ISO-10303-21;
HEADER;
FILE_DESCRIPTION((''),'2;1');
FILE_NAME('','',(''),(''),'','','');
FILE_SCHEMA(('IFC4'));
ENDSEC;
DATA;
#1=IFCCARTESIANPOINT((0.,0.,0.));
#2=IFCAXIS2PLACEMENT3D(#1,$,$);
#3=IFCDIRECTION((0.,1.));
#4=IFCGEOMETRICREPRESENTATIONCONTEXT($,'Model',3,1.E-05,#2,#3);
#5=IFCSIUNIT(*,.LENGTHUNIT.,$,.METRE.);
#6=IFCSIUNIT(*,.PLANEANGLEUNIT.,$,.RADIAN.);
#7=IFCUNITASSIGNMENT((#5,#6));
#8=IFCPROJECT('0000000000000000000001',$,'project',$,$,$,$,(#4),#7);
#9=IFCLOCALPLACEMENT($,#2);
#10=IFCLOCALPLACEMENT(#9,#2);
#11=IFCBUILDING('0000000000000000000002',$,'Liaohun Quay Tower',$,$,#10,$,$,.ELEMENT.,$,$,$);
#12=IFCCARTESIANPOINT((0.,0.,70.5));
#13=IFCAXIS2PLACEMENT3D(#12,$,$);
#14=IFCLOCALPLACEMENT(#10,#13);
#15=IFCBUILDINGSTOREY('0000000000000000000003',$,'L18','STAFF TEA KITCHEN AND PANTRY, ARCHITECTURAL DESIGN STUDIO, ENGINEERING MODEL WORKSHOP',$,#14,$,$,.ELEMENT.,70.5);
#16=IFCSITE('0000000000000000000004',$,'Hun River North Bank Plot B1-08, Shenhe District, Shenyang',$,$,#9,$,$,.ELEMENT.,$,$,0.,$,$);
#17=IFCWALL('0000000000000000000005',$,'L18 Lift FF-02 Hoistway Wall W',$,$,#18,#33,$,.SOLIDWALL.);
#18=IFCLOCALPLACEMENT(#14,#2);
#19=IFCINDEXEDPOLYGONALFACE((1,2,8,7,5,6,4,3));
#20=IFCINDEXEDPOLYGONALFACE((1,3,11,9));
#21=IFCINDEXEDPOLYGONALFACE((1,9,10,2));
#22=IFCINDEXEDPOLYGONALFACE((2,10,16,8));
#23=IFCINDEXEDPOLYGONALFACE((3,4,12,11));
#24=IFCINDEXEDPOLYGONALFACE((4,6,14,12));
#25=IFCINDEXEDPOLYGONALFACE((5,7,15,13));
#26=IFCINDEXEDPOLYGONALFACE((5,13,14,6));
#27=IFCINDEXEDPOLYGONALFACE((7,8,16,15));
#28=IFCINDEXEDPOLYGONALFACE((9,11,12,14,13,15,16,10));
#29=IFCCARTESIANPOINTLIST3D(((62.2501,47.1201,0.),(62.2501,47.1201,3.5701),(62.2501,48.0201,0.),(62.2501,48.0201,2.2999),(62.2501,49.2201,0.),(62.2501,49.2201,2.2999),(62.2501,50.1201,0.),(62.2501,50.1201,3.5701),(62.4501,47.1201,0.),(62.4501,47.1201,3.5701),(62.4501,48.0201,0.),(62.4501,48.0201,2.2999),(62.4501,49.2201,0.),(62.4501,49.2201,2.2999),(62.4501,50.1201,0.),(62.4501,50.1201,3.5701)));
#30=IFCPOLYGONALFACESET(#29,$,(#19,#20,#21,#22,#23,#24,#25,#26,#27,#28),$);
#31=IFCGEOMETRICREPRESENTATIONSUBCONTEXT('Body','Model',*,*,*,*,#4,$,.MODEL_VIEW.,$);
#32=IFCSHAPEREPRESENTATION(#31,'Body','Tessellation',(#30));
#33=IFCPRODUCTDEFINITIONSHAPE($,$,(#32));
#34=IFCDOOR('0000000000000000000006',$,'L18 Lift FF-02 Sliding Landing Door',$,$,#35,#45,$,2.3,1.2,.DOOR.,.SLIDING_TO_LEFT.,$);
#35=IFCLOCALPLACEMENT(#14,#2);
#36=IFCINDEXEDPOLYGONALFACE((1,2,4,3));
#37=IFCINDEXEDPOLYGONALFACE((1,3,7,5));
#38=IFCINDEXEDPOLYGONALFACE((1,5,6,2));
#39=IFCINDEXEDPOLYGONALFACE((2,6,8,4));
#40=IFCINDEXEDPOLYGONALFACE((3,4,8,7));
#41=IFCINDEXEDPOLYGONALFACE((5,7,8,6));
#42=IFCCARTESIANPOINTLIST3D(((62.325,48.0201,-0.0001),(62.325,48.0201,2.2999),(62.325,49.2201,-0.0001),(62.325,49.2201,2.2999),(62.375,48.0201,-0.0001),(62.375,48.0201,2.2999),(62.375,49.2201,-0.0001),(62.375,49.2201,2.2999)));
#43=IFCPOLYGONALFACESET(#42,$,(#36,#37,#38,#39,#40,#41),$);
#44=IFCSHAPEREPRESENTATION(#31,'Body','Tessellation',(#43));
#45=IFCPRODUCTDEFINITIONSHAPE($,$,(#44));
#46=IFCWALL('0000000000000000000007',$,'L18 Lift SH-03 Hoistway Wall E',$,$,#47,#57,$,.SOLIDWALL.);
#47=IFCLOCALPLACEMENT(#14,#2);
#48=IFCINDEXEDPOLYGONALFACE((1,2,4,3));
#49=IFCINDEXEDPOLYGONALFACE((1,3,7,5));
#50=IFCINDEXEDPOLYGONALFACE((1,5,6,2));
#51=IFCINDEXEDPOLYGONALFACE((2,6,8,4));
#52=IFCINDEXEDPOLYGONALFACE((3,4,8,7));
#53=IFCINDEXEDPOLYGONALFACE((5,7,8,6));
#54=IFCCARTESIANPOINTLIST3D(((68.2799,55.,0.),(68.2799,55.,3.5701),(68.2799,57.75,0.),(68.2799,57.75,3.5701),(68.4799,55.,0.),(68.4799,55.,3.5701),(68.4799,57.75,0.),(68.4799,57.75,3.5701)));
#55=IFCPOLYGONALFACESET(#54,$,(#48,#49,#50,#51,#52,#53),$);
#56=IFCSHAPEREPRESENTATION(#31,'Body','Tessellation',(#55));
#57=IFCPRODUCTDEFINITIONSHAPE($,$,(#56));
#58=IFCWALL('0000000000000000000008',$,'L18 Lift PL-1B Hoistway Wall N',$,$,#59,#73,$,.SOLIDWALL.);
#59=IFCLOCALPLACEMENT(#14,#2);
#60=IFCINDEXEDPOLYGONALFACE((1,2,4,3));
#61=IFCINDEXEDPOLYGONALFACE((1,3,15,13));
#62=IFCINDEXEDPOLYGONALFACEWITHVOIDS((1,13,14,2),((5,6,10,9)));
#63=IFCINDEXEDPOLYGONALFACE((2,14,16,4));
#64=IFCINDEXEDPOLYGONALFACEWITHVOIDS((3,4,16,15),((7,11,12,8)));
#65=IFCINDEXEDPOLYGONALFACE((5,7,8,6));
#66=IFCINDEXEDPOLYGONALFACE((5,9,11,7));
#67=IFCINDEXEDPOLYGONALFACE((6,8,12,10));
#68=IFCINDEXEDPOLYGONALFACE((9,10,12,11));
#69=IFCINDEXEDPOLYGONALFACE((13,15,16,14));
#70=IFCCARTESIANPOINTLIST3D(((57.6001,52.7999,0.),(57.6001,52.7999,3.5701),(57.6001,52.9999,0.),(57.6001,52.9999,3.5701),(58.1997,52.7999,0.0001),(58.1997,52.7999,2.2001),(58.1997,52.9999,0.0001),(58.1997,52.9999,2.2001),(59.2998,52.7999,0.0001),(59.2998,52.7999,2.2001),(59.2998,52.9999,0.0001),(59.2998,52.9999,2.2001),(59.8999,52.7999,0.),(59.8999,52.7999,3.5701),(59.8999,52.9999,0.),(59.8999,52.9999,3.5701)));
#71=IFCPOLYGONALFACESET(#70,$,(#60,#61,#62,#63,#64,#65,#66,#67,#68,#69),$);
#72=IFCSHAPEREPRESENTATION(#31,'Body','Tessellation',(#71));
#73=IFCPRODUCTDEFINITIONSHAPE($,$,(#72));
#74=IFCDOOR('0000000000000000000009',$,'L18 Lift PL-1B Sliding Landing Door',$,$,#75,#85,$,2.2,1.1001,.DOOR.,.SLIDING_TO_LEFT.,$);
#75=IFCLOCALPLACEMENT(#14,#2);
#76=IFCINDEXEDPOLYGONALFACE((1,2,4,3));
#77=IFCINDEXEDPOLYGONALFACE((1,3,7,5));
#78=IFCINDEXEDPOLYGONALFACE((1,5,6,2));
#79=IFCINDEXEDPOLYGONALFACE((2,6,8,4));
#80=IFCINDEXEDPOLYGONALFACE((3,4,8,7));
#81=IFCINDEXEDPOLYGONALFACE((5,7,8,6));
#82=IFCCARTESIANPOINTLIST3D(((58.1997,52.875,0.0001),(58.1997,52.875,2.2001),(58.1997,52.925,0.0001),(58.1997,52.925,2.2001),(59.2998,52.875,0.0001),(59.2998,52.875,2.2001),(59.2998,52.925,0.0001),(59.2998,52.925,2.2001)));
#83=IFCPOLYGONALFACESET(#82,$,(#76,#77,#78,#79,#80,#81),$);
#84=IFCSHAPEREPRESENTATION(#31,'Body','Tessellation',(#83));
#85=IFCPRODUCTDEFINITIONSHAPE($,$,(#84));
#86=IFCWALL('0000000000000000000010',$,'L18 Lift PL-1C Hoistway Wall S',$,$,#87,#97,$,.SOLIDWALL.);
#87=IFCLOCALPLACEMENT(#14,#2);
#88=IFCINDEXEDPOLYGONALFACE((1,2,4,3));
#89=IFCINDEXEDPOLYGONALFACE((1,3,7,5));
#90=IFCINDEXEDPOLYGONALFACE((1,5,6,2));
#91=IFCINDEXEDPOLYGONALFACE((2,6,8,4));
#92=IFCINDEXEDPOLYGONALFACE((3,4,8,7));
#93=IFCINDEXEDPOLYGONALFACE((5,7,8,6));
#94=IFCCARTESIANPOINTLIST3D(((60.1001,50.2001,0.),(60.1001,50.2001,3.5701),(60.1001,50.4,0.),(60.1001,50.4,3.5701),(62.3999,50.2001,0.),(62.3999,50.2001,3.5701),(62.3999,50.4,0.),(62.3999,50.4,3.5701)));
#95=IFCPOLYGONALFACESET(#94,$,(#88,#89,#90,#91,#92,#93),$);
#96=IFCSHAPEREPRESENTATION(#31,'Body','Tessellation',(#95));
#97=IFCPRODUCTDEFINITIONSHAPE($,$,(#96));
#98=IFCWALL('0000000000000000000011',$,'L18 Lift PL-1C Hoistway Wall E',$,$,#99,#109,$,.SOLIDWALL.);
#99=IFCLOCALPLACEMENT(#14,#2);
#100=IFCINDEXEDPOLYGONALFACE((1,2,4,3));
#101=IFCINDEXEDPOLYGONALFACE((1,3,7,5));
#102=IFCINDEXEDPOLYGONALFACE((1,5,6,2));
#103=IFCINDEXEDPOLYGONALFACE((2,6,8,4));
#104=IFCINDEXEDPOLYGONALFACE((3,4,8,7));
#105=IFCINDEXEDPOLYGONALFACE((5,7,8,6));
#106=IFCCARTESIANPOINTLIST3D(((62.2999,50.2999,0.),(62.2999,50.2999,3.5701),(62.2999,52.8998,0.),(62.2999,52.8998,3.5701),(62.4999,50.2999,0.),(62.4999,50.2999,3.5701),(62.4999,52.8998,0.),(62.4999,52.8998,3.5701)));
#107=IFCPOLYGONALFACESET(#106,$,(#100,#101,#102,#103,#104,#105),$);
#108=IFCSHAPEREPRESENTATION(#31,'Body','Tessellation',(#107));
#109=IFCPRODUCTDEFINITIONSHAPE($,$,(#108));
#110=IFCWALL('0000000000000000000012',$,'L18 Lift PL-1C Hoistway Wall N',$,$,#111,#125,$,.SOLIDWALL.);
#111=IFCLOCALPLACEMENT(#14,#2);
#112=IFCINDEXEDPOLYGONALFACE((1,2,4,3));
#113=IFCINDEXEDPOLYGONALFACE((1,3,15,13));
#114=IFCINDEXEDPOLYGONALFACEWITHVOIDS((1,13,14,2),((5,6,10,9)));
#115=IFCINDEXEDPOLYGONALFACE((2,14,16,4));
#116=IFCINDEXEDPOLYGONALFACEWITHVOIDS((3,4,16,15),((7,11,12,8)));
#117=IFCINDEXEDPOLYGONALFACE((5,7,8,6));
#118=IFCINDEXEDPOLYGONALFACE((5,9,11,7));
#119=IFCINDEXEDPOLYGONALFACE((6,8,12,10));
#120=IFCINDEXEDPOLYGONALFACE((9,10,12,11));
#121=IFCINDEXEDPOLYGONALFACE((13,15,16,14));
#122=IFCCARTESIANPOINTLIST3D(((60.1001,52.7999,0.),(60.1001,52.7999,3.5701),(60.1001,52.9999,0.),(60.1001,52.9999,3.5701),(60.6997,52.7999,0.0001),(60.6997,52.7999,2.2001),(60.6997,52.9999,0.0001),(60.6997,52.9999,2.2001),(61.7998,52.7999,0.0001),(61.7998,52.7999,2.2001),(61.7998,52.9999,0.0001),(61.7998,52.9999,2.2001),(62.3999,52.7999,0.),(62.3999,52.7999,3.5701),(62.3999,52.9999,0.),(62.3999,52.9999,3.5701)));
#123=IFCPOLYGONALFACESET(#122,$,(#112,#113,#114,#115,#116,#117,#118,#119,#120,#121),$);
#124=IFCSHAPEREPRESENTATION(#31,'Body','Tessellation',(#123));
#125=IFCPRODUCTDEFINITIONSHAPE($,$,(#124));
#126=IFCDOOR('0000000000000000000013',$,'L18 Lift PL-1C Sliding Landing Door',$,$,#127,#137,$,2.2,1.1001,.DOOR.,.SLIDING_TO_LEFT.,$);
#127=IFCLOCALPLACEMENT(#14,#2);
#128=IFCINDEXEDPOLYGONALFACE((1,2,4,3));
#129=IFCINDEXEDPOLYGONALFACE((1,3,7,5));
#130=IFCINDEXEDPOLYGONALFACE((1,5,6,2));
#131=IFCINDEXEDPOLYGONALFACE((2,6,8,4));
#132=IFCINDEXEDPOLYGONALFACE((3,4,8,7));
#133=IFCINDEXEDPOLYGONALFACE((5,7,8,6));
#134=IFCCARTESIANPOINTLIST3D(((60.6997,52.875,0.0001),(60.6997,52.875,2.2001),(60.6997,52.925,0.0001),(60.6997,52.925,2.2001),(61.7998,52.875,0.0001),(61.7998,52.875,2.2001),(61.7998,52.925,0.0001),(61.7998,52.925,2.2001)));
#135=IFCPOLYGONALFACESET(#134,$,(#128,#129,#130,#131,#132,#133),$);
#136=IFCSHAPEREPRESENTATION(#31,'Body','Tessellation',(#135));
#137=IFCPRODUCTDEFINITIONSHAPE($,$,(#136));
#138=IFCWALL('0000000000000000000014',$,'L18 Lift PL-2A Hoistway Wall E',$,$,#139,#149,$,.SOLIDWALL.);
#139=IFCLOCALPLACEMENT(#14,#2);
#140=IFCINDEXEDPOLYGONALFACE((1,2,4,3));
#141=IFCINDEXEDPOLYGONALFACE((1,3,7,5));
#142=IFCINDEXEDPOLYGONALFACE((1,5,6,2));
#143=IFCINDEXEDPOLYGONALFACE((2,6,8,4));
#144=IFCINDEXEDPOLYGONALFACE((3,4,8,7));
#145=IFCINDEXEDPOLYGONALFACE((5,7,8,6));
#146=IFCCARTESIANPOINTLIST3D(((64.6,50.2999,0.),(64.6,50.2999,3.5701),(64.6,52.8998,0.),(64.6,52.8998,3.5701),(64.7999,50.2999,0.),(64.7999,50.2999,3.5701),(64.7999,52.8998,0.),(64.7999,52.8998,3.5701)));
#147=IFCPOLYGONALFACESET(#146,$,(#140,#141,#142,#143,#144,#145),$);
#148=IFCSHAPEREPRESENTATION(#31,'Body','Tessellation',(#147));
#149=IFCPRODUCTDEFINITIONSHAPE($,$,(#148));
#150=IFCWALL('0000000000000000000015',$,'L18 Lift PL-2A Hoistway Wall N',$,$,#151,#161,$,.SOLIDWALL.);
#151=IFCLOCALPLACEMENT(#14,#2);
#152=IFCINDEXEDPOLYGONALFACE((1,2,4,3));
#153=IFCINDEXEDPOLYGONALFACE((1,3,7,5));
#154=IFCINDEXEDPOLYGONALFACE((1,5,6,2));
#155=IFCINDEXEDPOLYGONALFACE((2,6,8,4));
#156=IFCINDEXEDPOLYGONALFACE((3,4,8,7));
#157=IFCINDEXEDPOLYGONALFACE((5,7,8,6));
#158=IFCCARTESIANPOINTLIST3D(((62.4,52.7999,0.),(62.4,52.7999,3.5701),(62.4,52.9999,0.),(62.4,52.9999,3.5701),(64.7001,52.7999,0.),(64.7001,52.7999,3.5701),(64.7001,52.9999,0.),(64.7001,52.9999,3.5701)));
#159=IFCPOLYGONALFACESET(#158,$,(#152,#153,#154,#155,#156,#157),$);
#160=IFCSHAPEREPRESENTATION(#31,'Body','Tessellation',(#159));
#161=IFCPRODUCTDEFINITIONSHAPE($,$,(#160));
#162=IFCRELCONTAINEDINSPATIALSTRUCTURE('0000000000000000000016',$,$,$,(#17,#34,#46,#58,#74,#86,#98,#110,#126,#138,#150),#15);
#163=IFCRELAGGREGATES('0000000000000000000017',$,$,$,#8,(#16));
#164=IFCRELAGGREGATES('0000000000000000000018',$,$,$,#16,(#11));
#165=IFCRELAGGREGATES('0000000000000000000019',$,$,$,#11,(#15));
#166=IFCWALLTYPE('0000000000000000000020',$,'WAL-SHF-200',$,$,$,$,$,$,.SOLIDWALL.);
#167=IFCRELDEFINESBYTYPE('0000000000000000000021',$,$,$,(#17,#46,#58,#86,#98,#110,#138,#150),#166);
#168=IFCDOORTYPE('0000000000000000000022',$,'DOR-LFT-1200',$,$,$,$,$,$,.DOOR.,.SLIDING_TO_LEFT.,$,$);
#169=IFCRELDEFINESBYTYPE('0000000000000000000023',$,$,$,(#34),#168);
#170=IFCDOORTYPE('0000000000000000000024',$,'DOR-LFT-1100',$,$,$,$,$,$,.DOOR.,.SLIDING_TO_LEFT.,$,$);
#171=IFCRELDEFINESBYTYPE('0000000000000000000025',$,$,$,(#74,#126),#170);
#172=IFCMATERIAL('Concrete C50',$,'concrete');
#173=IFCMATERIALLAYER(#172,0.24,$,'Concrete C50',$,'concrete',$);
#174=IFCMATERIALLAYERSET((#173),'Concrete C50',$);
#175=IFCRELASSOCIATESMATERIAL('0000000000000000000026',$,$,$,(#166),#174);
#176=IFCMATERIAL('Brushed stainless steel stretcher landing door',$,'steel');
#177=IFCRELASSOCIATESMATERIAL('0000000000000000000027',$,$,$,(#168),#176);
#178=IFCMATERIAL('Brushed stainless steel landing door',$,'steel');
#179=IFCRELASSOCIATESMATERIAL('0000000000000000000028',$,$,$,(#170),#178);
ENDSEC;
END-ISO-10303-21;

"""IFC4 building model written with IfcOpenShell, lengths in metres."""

from ifc_helpers import new_model, si_unit, direction, frame, frame_2d, origin, place, context, subcontext, project, spatial, rectangle, extrude, source, transform, mapped, material, layer, layer_set, type_object, element, fill, save


model = new_model("IFC4")

# Units and contexts
model_context = context("Model", 3, precision=1e-05, world=origin(), true_north=direction((0.0, 1.0)))
body_context = subcontext(model_context, "Body", "Model", "MODEL_VIEW")
ifc_project = project(units=[si_unit("LENGTHUNIT", "METRE"), si_unit("PLANEANGLEUNIT", "RADIAN")], contexts=[model_context])

# Site, building, storey
site_placement = place(None, origin())
site = spatial("IfcSite", under=ifc_project, at=site_placement, Name="Hun River North Bank Plot B1-08, Shenhe District, Shenyang", CompositionType="ELEMENT", RefElevation=0.0)
building_placement = place(site_placement, origin())
building = spatial("IfcBuilding", under=site, at=building_placement, Name="Liaohun Quay Tower", CompositionType="ELEMENT")
storey_placement = place(building_placement, frame((0.0, 0.0, 70.5)))
storey = spatial("IfcBuildingStorey", under=building, at=storey_placement, Name="L18", Description="STAFF TEA KITCHEN AND PANTRY, ARCHITECTURAL DESIGN STUDIO, ENGINEERING MODEL WORKSHOP", CompositionType="ELEMENT", Elevation=70.5)

# Shared definitions
ifc_material_1 = material(Name="Concrete C50", Category="concrete")
ifc_layer_1 = layer(ifc_material_1, 0.24, Name="Concrete C50", Category="concrete")
ifc_layer_set_1 = layer_set([ifc_layer_1], Name="Concrete C50")
wall_type_1 = type_object("IfcWallType", Name="WAL-SHF-200", PredefinedType="SOLIDWALL", material=ifc_layer_set_1)

# Wall, opening, door
wall_1_placement = place(storey_placement, frame((62.3501, 50.1201, 0.0), z_axis=(0.0, 0.0, 1.0), x_axis=(0.0, -1.0, 0.0)))
wall_1 = element("IfcWall", 1, at=wall_1_placement, inside=storey, type_object=wall_type_1, Name="L18 Lift FF-02 Hoistway Wall W", PredefinedType="SOLIDWALL", context=body_context, shape_type="SweptSolid", body=[
    extrude(rectangle(XDim=3.0, YDim=0.2, at=frame_2d((1.5, 0.0))), origin(), (0.0, 0.0, 1.0), 3.5701),
])
shared_shape_1 = source(origin(), body_context, "Body", "SweptSolid", [
    extrude(rectangle(XDim=1.2, YDim=2.3, at=frame_2d((0.6001, 1.1499))), frame((0.0, 0.1099, 0.0), z_axis=(0.0, -1.0, 0.0), x_axis=(1.0, 0.0, 0.0)), (0.0, 0.0, 1.0), 0.22),
])
opening_1_placement = place(wall_1_placement, frame((0.8999, 0.0, 0.0)))
opening_1 = element("IfcOpeningElement", 2, at=opening_1_placement, cuts=wall_1, PredefinedType="OPENING", context=body_context, shape_type="MappedRepresentation", body=[
    mapped(shared_shape_1, transform((0.0, 0.0, 0.0), x_axis=(1.0, 0.0, 0.0), y_axis=(0.0, 1.0, 0.0), z_axis=(0.0, 0.0, 1.0), scale=1.0)),
])
ifc_material_2 = material(Name="Brushed stainless steel stretcher landing door", Category="steel")
door_type_1 = type_object("IfcDoorType", Name="DOR-LFT-1200", OperationType="SLIDING_TO_LEFT", PredefinedType="DOOR", material=ifc_material_2)
shared_shape_2 = source(origin(), body_context, "Body", "SweptSolid", [
    extrude(rectangle(XDim=1.2, YDim=2.3, at=frame_2d((0.6001, 1.1499))), frame((0.0, 0.0249, 0.0), z_axis=(0.0, -1.0, 0.0), x_axis=(1.0, 0.0, 0.0)), (0.0, 0.0, 1.0), 0.05),
])
door_1_placement = place(opening_1_placement, origin())
door_1 = element("IfcDoor", 3, at=door_1_placement, inside=storey, type_object=door_type_1, Name="L18 Lift FF-02 Sliding Landing Door", OperationType="SLIDING_TO_LEFT", OverallHeight=2.3, OverallWidth=1.2, PredefinedType="DOOR", context=body_context, shape_type="MappedRepresentation", body=[
    mapped(shared_shape_2, transform((0.0, 0.0, 0.0), x_axis=(1.0, 0.0, 0.0), y_axis=(0.0, 1.0, 0.0), z_axis=(0.0, 0.0, 1.0), scale=1.0)),
])
fill(opening_1, door_1)

# Wall
wall_2_placement = place(storey_placement, frame((68.3799, 55.0, 0.0), z_axis=(0.0, 0.0, 1.0), x_axis=(0.0, 1.0, 0.0)))
element("IfcWall", 4, at=wall_2_placement, inside=storey, type_object=wall_type_1, Name="L18 Lift SH-03 Hoistway Wall E", PredefinedType="SOLIDWALL", context=body_context, shape_type="SweptSolid", body=[
    extrude(rectangle(XDim=2.75, YDim=0.2, at=frame_2d((1.375, 0.0))), origin(), (0.0, 0.0, 1.0), 3.5701),
])

# Wall, opening, door
wall_3_placement = place(storey_placement, frame((59.8999, 52.8999, 0.0), z_axis=(0.0, 0.0, 1.0), x_axis=(-1.0, 0.0, 0.0)))
wall_3 = element("IfcWall", 5, at=wall_3_placement, inside=storey, type_object=wall_type_1, Name="L18 Lift PL-1B Hoistway Wall N", PredefinedType="SOLIDWALL", context=body_context, shape_type="SweptSolid", body=[
    extrude(rectangle(XDim=2.2998, YDim=0.2, at=frame_2d((1.1499, 0.0))), origin(), (0.0, 0.0, 1.0), 3.5701),
])
shared_shape_3 = source(origin(), body_context, "Body", "SweptSolid", [
    extrude(rectangle(XDim=1.1001, YDim=2.2, at=frame_2d((0.55, 1.1001))), frame((0.0, 0.1099, 0.0), z_axis=(0.0, -1.0, 0.0), x_axis=(1.0, 0.0, 0.0)), (0.0, 0.0, 1.0), 0.22),
])
opening_2_placement = place(wall_3_placement, frame((0.6001, 0.0, 0.0)))
opening_2 = element("IfcOpeningElement", 6, at=opening_2_placement, cuts=wall_3, PredefinedType="OPENING", context=body_context, shape_type="MappedRepresentation", body=[
    mapped(shared_shape_3, transform((0.0, 0.0, 0.0), x_axis=(1.0, 0.0, 0.0), y_axis=(0.0, 1.0, 0.0), z_axis=(0.0, 0.0, 1.0), scale=1.0)),
])
ifc_material_3 = material(Name="Brushed stainless steel landing door", Category="steel")
door_type_2 = type_object("IfcDoorType", Name="DOR-LFT-1100", OperationType="SLIDING_TO_LEFT", PredefinedType="DOOR", material=ifc_material_3)
shared_shape_4 = source(origin(), body_context, "Body", "SweptSolid", [
    extrude(rectangle(XDim=1.1001, YDim=2.2, at=frame_2d((0.55, 1.1001))), frame((0.0, 0.0249, 0.0), z_axis=(0.0, -1.0, 0.0), x_axis=(1.0, 0.0, 0.0)), (0.0, 0.0, 1.0), 0.05),
])
door_2_placement = place(opening_2_placement, origin())
door_2 = element("IfcDoor", 7, at=door_2_placement, inside=storey, type_object=door_type_2, Name="L18 Lift PL-1B Sliding Landing Door", OperationType="SLIDING_TO_LEFT", OverallHeight=2.2, OverallWidth=1.1001, PredefinedType="DOOR", context=body_context, shape_type="MappedRepresentation", body=[
    mapped(shared_shape_4, transform((0.0, 0.0, 0.0), x_axis=(1.0, 0.0, 0.0), y_axis=(0.0, 1.0, 0.0), z_axis=(0.0, 0.0, 1.0), scale=1.0)),
])
fill(opening_2, door_2)

# Walls
wall_4_placement = place(storey_placement, frame((60.1001, 50.3, 0.0), z_axis=(0.0, 0.0, 1.0), x_axis=(1.0, 0.0, 0.0)))
element("IfcWall", 8, at=wall_4_placement, inside=storey, type_object=wall_type_1, Name="L18 Lift PL-1C Hoistway Wall S", PredefinedType="SOLIDWALL", context=body_context, shape_type="SweptSolid", body=[
    extrude(rectangle(XDim=2.2998, YDim=0.2, at=frame_2d((1.1499, 0.0))), origin(), (0.0, 0.0, 1.0), 3.5701),
])
wall_5_placement = place(storey_placement, frame((62.3999, 50.3, 0.0), z_axis=(0.0, 0.0, 1.0), x_axis=(0.0, 1.0, 0.0)))
element("IfcWall", 9, at=wall_5_placement, inside=storey, type_object=wall_type_1, Name="L18 Lift PL-1C Hoistway Wall E", PredefinedType="SOLIDWALL", context=body_context, shape_type="SweptSolid", body=[
    extrude(rectangle(XDim=2.5999, YDim=0.2, at=frame_2d((1.2998, 0.0))), origin(), (0.0, 0.0, 1.0), 3.5701),
])

# Wall, opening, door
wall_6_placement = place(storey_placement, frame((62.3999, 52.8999, 0.0), z_axis=(0.0, 0.0, 1.0), x_axis=(-1.0, 0.0, 0.0)))
wall_6 = element("IfcWall", 10, at=wall_6_placement, inside=storey, type_object=wall_type_1, Name="L18 Lift PL-1C Hoistway Wall N", PredefinedType="SOLIDWALL", context=body_context, shape_type="SweptSolid", body=[
    extrude(rectangle(XDim=2.2998, YDim=0.2, at=frame_2d((1.1499, 0.0))), origin(), (0.0, 0.0, 1.0), 3.5701),
])
opening_3_placement = place(wall_6_placement, frame((0.6001, 0.0, 0.0)))
opening_3 = element("IfcOpeningElement", 11, at=opening_3_placement, cuts=wall_6, PredefinedType="OPENING", context=body_context, shape_type="MappedRepresentation", body=[
    mapped(shared_shape_3, transform((0.0, 0.0, 0.0), x_axis=(1.0, 0.0, 0.0), y_axis=(0.0, 1.0, 0.0), z_axis=(0.0, 0.0, 1.0), scale=1.0)),
])
door_3_placement = place(opening_3_placement, origin())
door_3 = element("IfcDoor", 12, at=door_3_placement, inside=storey, type_object=door_type_2, Name="L18 Lift PL-1C Sliding Landing Door", OperationType="SLIDING_TO_LEFT", OverallHeight=2.2, OverallWidth=1.1001, PredefinedType="DOOR", context=body_context, shape_type="MappedRepresentation", body=[
    mapped(shared_shape_4, transform((0.0, 0.0, 0.0), x_axis=(1.0, 0.0, 0.0), y_axis=(0.0, 1.0, 0.0), z_axis=(0.0, 0.0, 1.0), scale=1.0)),
])
fill(opening_3, door_3)

# Walls
wall_7_placement = place(storey_placement, frame((64.7, 50.3, 0.0), z_axis=(0.0, 0.0, 1.0), x_axis=(0.0, 1.0, 0.0)))
element("IfcWall", 13, at=wall_7_placement, inside=storey, type_object=wall_type_1, Name="L18 Lift PL-2A Hoistway Wall E", PredefinedType="SOLIDWALL", context=body_context, shape_type="SweptSolid", body=[
    extrude(rectangle(XDim=2.5999, YDim=0.2, at=frame_2d((1.2998, 0.0))), origin(), (0.0, 0.0, 1.0), 3.5701),
])
wall_8_placement = place(storey_placement, frame((64.7, 52.8999, 0.0), z_axis=(0.0, 0.0, 1.0), x_axis=(-1.0, 0.0, 0.0)))
element("IfcWall", 14, at=wall_8_placement, inside=storey, type_object=wall_type_1, Name="L18 Lift PL-2A Hoistway Wall N", PredefinedType="SOLIDWALL", context=body_context, shape_type="SweptSolid", body=[
    extrude(rectangle(XDim=2.3, YDim=0.2, at=frame_2d((1.1499, 0.0))), origin(), (0.0, 0.0, 1.0), 3.5701),
])

save(model, "model.ifc")
